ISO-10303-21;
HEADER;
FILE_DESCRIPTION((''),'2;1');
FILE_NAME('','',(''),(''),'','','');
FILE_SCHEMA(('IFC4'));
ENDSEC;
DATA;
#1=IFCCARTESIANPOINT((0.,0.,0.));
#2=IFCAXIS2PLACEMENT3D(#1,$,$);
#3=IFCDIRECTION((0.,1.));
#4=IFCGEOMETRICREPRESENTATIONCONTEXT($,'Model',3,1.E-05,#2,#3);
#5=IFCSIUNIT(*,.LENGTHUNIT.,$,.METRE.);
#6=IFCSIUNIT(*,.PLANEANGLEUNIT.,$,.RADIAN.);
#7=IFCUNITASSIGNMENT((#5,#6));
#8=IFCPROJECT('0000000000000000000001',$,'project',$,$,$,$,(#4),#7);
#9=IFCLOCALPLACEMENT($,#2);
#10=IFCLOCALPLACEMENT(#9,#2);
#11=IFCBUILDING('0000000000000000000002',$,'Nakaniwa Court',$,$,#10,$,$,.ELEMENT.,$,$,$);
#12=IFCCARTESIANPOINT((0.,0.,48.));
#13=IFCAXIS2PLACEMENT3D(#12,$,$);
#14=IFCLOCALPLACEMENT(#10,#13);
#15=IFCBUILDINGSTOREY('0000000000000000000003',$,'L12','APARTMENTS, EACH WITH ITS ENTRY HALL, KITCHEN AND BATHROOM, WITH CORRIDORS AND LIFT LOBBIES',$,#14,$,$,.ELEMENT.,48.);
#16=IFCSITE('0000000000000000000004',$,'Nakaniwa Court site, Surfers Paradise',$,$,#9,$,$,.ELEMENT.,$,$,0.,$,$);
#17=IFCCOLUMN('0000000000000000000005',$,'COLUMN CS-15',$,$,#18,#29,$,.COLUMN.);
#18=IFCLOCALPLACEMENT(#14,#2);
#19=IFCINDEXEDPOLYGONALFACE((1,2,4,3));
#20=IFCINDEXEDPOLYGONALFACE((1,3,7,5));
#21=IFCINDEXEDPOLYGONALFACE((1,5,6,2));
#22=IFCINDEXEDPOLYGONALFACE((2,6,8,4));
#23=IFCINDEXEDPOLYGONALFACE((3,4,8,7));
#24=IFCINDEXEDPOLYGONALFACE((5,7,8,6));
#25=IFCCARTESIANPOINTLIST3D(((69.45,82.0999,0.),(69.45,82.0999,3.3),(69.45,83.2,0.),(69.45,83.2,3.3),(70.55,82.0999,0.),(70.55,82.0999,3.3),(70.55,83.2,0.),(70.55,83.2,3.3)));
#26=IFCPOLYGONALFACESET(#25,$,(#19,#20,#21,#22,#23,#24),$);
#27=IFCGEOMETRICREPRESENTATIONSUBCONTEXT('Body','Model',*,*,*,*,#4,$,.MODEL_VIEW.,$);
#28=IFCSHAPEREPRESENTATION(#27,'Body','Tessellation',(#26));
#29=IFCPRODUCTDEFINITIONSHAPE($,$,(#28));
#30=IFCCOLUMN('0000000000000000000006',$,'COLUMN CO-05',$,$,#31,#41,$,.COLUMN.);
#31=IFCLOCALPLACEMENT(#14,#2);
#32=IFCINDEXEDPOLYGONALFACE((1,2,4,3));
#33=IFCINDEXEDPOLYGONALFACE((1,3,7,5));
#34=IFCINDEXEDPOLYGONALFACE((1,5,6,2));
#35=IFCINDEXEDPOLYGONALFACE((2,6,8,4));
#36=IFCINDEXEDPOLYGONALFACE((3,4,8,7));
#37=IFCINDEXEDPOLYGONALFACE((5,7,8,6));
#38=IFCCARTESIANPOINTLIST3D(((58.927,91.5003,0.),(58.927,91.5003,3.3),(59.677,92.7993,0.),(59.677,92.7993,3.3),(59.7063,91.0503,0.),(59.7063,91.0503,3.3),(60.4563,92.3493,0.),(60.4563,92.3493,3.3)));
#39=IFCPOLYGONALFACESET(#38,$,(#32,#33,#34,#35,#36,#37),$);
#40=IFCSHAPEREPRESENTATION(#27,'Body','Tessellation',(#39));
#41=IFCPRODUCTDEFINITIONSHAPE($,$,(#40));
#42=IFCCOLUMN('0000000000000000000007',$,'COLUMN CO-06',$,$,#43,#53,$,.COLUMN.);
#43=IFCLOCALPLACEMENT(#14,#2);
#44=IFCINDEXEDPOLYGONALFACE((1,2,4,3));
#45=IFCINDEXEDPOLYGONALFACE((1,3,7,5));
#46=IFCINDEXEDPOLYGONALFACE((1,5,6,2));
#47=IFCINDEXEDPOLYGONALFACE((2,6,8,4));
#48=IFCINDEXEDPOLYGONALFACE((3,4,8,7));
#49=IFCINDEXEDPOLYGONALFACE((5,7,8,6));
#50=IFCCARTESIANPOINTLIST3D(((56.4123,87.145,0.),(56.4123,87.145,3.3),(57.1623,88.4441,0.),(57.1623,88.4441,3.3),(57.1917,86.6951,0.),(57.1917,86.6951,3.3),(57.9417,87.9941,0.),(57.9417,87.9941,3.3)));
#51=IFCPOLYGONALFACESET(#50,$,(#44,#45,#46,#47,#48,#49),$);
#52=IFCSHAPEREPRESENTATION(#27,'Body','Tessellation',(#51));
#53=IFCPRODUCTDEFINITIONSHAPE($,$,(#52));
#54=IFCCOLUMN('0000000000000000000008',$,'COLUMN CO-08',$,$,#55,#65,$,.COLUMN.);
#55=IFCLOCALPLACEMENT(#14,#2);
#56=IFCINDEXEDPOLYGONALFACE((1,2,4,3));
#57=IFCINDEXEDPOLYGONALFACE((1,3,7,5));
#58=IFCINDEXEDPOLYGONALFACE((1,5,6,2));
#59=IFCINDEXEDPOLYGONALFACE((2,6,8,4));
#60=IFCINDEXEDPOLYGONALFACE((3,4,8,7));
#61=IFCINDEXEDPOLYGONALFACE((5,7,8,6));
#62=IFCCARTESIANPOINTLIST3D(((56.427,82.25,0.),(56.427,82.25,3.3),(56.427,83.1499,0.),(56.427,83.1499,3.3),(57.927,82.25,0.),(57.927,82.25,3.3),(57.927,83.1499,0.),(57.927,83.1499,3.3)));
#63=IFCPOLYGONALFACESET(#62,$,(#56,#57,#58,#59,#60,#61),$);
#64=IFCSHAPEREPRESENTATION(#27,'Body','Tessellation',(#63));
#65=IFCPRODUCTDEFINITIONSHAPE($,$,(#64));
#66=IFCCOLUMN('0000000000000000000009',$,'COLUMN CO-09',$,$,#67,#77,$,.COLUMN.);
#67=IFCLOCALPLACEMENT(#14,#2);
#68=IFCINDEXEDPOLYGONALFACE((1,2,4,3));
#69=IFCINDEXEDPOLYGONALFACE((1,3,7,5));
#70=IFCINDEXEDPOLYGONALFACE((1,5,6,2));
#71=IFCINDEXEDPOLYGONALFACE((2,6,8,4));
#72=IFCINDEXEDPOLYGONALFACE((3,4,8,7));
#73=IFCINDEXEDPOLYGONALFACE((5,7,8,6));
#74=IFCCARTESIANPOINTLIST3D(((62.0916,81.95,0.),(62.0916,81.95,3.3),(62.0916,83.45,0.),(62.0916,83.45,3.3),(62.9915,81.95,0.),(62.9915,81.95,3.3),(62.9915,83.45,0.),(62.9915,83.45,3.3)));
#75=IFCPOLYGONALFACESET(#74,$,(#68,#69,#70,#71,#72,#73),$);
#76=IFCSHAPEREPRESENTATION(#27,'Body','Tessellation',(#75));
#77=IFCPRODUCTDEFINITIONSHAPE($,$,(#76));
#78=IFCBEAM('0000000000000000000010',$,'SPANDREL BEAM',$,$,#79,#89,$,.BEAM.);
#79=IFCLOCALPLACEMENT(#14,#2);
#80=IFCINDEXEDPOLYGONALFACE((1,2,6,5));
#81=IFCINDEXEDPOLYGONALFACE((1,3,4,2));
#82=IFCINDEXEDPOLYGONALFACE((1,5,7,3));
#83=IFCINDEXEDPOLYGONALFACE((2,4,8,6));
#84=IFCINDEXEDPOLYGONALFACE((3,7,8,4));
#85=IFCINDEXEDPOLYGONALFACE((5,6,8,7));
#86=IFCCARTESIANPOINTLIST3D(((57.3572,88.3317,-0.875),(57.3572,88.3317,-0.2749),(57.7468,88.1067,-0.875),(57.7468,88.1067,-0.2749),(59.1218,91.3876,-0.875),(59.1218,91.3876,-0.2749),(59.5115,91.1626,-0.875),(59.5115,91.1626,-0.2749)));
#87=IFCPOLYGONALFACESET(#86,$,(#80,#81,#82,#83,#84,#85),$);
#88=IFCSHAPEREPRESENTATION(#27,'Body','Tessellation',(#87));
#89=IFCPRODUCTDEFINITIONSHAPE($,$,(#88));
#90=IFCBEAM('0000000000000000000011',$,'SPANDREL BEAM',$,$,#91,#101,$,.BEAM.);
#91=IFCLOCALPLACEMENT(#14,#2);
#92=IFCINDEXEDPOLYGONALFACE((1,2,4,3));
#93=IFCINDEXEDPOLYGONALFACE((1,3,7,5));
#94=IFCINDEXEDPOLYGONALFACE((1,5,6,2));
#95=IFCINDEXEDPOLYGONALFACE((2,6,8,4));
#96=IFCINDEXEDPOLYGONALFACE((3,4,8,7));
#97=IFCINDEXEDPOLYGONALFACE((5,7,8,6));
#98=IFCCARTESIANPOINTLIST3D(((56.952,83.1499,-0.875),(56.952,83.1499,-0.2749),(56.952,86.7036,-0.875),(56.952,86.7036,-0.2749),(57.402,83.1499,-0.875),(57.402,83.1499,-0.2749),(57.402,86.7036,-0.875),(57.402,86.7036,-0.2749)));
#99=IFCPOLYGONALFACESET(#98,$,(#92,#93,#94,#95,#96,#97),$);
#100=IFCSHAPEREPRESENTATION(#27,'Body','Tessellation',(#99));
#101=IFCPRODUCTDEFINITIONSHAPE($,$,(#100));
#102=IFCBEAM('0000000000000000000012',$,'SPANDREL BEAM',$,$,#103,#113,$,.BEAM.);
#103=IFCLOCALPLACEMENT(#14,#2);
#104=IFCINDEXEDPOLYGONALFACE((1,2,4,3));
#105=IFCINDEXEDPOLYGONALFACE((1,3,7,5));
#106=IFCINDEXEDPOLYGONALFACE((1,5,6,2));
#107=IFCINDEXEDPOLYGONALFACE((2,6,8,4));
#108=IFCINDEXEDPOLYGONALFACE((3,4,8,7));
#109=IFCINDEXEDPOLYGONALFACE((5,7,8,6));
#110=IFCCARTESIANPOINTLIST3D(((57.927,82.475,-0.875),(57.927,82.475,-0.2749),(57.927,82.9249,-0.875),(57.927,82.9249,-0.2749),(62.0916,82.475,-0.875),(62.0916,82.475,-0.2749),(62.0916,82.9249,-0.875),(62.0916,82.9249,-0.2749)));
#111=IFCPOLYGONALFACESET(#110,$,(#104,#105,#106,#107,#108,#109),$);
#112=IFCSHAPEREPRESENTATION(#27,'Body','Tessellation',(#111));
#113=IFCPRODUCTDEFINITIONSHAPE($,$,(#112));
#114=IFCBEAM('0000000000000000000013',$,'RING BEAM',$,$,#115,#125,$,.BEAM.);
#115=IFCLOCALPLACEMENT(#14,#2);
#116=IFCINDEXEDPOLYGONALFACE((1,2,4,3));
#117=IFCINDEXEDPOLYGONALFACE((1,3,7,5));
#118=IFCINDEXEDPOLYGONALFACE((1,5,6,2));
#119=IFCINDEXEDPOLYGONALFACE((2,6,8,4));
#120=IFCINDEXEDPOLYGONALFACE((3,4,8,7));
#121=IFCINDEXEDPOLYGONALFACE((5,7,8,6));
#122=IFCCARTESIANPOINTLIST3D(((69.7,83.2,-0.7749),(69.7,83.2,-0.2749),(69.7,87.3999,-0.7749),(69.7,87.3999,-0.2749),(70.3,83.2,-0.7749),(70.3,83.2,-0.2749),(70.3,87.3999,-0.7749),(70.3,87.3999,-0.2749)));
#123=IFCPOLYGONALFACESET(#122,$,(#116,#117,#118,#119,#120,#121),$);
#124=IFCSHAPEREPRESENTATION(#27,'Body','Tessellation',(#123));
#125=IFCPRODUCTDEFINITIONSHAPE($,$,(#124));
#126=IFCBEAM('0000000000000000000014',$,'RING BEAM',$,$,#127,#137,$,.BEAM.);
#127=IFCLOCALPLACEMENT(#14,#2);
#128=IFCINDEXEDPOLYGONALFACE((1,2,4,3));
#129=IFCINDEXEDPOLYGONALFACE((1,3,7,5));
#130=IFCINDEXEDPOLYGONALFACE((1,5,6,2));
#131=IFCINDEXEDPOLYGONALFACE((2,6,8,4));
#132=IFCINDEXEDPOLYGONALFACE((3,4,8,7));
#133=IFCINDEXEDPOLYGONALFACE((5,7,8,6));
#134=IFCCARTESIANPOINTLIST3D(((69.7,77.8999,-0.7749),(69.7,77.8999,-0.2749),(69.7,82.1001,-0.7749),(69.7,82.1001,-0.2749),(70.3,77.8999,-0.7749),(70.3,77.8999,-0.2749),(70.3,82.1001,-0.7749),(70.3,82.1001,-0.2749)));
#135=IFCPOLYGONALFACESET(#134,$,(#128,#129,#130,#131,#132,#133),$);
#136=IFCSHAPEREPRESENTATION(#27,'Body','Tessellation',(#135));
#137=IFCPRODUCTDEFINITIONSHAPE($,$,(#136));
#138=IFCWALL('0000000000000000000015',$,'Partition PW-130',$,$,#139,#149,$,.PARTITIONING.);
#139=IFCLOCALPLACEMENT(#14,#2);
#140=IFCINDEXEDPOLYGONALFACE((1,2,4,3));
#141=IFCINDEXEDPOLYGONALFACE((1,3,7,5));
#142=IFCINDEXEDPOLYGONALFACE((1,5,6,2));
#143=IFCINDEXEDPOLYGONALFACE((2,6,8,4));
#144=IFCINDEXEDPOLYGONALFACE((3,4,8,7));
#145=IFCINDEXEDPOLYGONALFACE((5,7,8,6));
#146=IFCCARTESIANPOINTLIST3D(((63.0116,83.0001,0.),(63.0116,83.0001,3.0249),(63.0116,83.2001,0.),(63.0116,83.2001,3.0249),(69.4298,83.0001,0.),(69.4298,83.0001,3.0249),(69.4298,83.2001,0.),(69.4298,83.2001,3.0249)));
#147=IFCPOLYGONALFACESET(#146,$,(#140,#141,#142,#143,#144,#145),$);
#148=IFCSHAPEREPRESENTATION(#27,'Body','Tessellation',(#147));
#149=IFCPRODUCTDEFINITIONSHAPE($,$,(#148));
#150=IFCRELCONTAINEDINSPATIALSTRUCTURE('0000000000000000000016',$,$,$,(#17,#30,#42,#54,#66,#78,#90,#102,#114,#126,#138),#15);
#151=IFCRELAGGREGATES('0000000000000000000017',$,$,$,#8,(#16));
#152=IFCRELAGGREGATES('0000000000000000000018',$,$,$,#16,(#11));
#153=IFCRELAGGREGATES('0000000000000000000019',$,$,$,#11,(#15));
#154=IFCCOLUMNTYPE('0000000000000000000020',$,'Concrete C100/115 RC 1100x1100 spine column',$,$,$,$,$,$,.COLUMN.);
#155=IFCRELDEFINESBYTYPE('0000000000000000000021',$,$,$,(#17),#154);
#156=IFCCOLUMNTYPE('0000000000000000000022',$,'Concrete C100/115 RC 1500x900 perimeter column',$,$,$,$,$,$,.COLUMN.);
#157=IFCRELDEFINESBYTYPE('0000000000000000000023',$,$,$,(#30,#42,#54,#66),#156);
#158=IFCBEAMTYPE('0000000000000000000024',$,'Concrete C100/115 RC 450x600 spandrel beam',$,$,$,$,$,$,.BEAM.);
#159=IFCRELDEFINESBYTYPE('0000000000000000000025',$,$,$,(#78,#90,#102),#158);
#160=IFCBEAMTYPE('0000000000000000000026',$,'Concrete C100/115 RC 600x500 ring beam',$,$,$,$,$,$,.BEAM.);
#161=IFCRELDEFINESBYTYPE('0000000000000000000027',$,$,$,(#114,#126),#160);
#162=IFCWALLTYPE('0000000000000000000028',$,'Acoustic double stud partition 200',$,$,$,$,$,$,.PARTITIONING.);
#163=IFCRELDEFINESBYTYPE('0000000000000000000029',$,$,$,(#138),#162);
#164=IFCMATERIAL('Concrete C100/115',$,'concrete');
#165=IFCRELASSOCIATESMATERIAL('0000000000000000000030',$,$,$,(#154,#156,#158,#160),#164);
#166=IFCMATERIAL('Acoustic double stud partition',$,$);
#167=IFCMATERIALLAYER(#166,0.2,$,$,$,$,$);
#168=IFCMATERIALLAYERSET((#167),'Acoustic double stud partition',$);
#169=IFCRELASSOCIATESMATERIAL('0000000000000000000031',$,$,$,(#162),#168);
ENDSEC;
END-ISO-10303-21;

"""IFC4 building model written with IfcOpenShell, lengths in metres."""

from ifc_helpers import new_model, si_unit, direction, frame, frame_2d, origin, origin_2d, place, context, subcontext, project, spatial, rectangle, extrude, material, layer, layer_set, material_profile, profile_set, type_object, element, save


model = new_model("IFC4")

# Units and contexts
model_context = context("Model", 3, precision=1e-05, world=origin(), true_north=direction((0.0, 1.0)))
body_context = subcontext(model_context, "Body", "Model", "MODEL_VIEW")
ifc_project = project(units=[si_unit("LENGTHUNIT", "METRE"), si_unit("PLANEANGLEUNIT", "RADIAN")], contexts=[model_context])

# Site, building, storey
site_placement = place(None, origin())
site = spatial("IfcSite", under=ifc_project, at=site_placement, Name="Nakaniwa Court site, Surfers Paradise", CompositionType="ELEMENT", RefElevation=0.0)
building_placement = place(site_placement, origin())
building = spatial("IfcBuilding", under=site, at=building_placement, Name="Nakaniwa Court", CompositionType="ELEMENT")
storey_placement = place(building_placement, frame((0.0, 0.0, 48.0)))
storey = spatial("IfcBuildingStorey", under=building, at=storey_placement, Name="L12", Description="APARTMENTS, EACH WITH ITS ENTRY HALL, KITCHEN AND BATHROOM, WITH CORRIDORS AND LIFT LOBBIES", CompositionType="ELEMENT", Elevation=48.0)

# Columns
ifc_material_1 = material(Name="Concrete C100/115", Category="concrete")
ifc_material_profile_1 = material_profile(ifc_material_1, rectangle(XDim=1.1001, YDim=1.1001, at=origin_2d()), Name="Concrete C100/115 RC 1100x1100 spine column")
ifc_profile_set_1 = profile_set([ifc_material_profile_1], Name="Concrete C100/115")
column_type_1 = type_object("IfcColumnType", Name="Concrete C100/115 RC 1100x1100 spine column", PredefinedType="COLUMN", material=ifc_profile_set_1)
column_placement = place(storey_placement, frame((70.0, 82.6499, 0.0), z_axis=(0.0, 0.0, 1.0), x_axis=(0.0, -1.0, 0.0)))
element("IfcColumn", 1, at=column_placement, inside=storey, type_object=column_type_1, Name="COLUMN CS-15", PredefinedType="COLUMN", context=body_context, shape_type="SweptSolid", body=[
    extrude(rectangle(XDim=1.1001, YDim=1.1001, at=origin_2d()), origin(), (0.0, 0.0, 1.0), 3.3),
])
ifc_material_profile_2 = material_profile(ifc_material_1, rectangle(XDim=1.5, YDim=0.8999, at=origin_2d()), Name="Concrete C100/115 RC 1500x900 perimeter column")
ifc_profile_set_2 = profile_set([ifc_material_profile_2], Name="Concrete C100/115")
column_type_2 = type_object("IfcColumnType", Name="Concrete C100/115 RC 1500x900 perimeter column", PredefinedType="COLUMN", material=ifc_profile_set_2)
for number, where, z_axis, x_axis, name in (
    (2, (59.6917, 91.9248, 0.0), (0.0, 0.0, 1.0), (-0.5, -0.866025, 0.0), "COLUMN CO-05"),
    (3, (57.177, 87.5696, 0.0), (0.0, 0.0, 1.0), (-0.5, -0.866025, 0.0), "COLUMN CO-06"),
    (4, (57.177, 82.7, 0.0), (0.0, 0.0, 1.0), (1.0, 0.0, 0.0), "COLUMN CO-08"),
    (5, (62.5415, 82.7, 0.0), (0.0, 0.0, 1.0), (0.0, -1.0, 0.0), "COLUMN CO-09"),
):
    element("IfcColumn", number, at=place(storey_placement, frame(where, z_axis=z_axis, x_axis=x_axis)), inside=storey, type_object=column_type_2, Name=name, PredefinedType="COLUMN", context=body_context, shape_type="SweptSolid", body=[
        extrude(rectangle(XDim=1.5, YDim=0.8999, at=origin_2d()), origin(), (0.0, 0.0, 1.0), 3.3),
    ])

# Beams
ifc_material_profile_3 = material_profile(ifc_material_1, rectangle(XDim=0.45, YDim=0.6001, at=origin_2d()), Name="Concrete C100/115 RC 450x600 spandrel beam")
ifc_profile_set_3 = profile_set([ifc_material_profile_3], Name="Concrete C100/115")
beam_type_1 = type_object("IfcBeamType", Name="Concrete C100/115 RC 450x600 spandrel beam", PredefinedType="BEAM", material=ifc_profile_set_3)
beam_1_placement = place(storey_placement, frame((59.3167, 91.2751, -0.575), z_axis=(-0.500068, -0.865986, 0.0), x_axis=(0.865986, -0.500068, 0.0)))
element("IfcBeam", 6, at=beam_1_placement, inside=storey, type_object=beam_type_1, Name="SPANDREL BEAM", PredefinedType="BEAM", context=body_context, shape_type="SweptSolid", body=[
    extrude(rectangle(XDim=0.45, YDim=0.6001, at=origin_2d()), origin(), (0.0, 0.0, 1.0), 3.5288),
])
beam_2_placement = place(storey_placement, frame((57.177, 86.7036, -0.575), z_axis=(0.0, -1.0, 0.0), x_axis=(1.0, 0.0, 0.0)))
element("IfcBeam", 7, at=beam_2_placement, inside=storey, type_object=beam_type_1, Name="SPANDREL BEAM", PredefinedType="BEAM", context=body_context, shape_type="SweptSolid", body=[
    extrude(rectangle(XDim=0.45, YDim=0.6001, at=origin_2d()), origin(), (0.0, 0.0, 1.0), 3.5537),
])
beam_3_placement = place(storey_placement, frame((57.927, 82.7, -0.575), z_axis=(1.0, 0.0, 0.0), x_axis=(0.0, 1.0, 0.0)))
element("IfcBeam", 8, at=beam_3_placement, inside=storey, type_object=beam_type_1, Name="SPANDREL BEAM", PredefinedType="BEAM", context=body_context, shape_type="SweptSolid", body=[
    extrude(rectangle(XDim=0.45, YDim=0.6001, at=origin_2d()), origin(), (0.0, 0.0, 1.0), 4.1646),
])
ifc_material_profile_4 = material_profile(ifc_material_1, rectangle(XDim=0.6001, YDim=0.5, at=origin_2d()), Name="Concrete C100/115 RC 600x500 ring beam")
ifc_profile_set_4 = profile_set([ifc_material_profile_4], Name="Concrete C100/115")
beam_type_2 = type_object("IfcBeamType", Name="Concrete C100/115 RC 600x500 ring beam", PredefinedType="BEAM", material=ifc_profile_set_4)
beam_4_placement = place(storey_placement, frame((70.0, 87.3999, -0.5249), z_axis=(0.0, -1.0, 0.0), x_axis=(1.0, 0.0, 0.0)))
element("IfcBeam", 9, at=beam_4_placement, inside=storey, type_object=beam_type_2, Name="RING BEAM", PredefinedType="BEAM", context=body_context, shape_type="SweptSolid", body=[
    extrude(rectangle(XDim=0.6001, YDim=0.5, at=origin_2d()), origin(), (0.0, 0.0, 1.0), 4.2),
])
beam_5_placement = place(storey_placement, frame((70.0, 82.1001, -0.5249), z_axis=(0.0, -1.0, 0.0), x_axis=(1.0, 0.0, 0.0)))
element("IfcBeam", 10, at=beam_5_placement, inside=storey, type_object=beam_type_2, Name="RING BEAM", PredefinedType="BEAM", context=body_context, shape_type="SweptSolid", body=[
    extrude(rectangle(XDim=0.6001, YDim=0.5, at=origin_2d()), origin(), (0.0, 0.0, 1.0), 4.2002),
])

# Wall
ifc_material_2 = material(Name="Acoustic double stud partition")
ifc_layer_1 = layer(ifc_material_2, 0.2)
ifc_layer_set_1 = layer_set([ifc_layer_1], Name="Acoustic double stud partition")
wall_type_1 = type_object("IfcWallType", Name="Acoustic double stud partition 200", PredefinedType="PARTITIONING", material=ifc_layer_set_1)
wall_1_placement = place(storey_placement, frame((63.0117, 83.1001, 0.0), z_axis=(0.0, 0.0, 1.0), x_axis=(1.0, 0.0, 0.0)))
element("IfcWall", 11, at=wall_1_placement, inside=storey, type_object=wall_type_1, Name="Partition PW-130", PredefinedType="PARTITIONING", context=body_context, shape_type="SweptSolid", body=[
    extrude(rectangle(XDim=6.4182, YDim=0.2, at=frame_2d((3.209, 0.0))), origin(), (0.0, 0.0, 1.0), 3.0249),
])

save(model, "model.ifc")
